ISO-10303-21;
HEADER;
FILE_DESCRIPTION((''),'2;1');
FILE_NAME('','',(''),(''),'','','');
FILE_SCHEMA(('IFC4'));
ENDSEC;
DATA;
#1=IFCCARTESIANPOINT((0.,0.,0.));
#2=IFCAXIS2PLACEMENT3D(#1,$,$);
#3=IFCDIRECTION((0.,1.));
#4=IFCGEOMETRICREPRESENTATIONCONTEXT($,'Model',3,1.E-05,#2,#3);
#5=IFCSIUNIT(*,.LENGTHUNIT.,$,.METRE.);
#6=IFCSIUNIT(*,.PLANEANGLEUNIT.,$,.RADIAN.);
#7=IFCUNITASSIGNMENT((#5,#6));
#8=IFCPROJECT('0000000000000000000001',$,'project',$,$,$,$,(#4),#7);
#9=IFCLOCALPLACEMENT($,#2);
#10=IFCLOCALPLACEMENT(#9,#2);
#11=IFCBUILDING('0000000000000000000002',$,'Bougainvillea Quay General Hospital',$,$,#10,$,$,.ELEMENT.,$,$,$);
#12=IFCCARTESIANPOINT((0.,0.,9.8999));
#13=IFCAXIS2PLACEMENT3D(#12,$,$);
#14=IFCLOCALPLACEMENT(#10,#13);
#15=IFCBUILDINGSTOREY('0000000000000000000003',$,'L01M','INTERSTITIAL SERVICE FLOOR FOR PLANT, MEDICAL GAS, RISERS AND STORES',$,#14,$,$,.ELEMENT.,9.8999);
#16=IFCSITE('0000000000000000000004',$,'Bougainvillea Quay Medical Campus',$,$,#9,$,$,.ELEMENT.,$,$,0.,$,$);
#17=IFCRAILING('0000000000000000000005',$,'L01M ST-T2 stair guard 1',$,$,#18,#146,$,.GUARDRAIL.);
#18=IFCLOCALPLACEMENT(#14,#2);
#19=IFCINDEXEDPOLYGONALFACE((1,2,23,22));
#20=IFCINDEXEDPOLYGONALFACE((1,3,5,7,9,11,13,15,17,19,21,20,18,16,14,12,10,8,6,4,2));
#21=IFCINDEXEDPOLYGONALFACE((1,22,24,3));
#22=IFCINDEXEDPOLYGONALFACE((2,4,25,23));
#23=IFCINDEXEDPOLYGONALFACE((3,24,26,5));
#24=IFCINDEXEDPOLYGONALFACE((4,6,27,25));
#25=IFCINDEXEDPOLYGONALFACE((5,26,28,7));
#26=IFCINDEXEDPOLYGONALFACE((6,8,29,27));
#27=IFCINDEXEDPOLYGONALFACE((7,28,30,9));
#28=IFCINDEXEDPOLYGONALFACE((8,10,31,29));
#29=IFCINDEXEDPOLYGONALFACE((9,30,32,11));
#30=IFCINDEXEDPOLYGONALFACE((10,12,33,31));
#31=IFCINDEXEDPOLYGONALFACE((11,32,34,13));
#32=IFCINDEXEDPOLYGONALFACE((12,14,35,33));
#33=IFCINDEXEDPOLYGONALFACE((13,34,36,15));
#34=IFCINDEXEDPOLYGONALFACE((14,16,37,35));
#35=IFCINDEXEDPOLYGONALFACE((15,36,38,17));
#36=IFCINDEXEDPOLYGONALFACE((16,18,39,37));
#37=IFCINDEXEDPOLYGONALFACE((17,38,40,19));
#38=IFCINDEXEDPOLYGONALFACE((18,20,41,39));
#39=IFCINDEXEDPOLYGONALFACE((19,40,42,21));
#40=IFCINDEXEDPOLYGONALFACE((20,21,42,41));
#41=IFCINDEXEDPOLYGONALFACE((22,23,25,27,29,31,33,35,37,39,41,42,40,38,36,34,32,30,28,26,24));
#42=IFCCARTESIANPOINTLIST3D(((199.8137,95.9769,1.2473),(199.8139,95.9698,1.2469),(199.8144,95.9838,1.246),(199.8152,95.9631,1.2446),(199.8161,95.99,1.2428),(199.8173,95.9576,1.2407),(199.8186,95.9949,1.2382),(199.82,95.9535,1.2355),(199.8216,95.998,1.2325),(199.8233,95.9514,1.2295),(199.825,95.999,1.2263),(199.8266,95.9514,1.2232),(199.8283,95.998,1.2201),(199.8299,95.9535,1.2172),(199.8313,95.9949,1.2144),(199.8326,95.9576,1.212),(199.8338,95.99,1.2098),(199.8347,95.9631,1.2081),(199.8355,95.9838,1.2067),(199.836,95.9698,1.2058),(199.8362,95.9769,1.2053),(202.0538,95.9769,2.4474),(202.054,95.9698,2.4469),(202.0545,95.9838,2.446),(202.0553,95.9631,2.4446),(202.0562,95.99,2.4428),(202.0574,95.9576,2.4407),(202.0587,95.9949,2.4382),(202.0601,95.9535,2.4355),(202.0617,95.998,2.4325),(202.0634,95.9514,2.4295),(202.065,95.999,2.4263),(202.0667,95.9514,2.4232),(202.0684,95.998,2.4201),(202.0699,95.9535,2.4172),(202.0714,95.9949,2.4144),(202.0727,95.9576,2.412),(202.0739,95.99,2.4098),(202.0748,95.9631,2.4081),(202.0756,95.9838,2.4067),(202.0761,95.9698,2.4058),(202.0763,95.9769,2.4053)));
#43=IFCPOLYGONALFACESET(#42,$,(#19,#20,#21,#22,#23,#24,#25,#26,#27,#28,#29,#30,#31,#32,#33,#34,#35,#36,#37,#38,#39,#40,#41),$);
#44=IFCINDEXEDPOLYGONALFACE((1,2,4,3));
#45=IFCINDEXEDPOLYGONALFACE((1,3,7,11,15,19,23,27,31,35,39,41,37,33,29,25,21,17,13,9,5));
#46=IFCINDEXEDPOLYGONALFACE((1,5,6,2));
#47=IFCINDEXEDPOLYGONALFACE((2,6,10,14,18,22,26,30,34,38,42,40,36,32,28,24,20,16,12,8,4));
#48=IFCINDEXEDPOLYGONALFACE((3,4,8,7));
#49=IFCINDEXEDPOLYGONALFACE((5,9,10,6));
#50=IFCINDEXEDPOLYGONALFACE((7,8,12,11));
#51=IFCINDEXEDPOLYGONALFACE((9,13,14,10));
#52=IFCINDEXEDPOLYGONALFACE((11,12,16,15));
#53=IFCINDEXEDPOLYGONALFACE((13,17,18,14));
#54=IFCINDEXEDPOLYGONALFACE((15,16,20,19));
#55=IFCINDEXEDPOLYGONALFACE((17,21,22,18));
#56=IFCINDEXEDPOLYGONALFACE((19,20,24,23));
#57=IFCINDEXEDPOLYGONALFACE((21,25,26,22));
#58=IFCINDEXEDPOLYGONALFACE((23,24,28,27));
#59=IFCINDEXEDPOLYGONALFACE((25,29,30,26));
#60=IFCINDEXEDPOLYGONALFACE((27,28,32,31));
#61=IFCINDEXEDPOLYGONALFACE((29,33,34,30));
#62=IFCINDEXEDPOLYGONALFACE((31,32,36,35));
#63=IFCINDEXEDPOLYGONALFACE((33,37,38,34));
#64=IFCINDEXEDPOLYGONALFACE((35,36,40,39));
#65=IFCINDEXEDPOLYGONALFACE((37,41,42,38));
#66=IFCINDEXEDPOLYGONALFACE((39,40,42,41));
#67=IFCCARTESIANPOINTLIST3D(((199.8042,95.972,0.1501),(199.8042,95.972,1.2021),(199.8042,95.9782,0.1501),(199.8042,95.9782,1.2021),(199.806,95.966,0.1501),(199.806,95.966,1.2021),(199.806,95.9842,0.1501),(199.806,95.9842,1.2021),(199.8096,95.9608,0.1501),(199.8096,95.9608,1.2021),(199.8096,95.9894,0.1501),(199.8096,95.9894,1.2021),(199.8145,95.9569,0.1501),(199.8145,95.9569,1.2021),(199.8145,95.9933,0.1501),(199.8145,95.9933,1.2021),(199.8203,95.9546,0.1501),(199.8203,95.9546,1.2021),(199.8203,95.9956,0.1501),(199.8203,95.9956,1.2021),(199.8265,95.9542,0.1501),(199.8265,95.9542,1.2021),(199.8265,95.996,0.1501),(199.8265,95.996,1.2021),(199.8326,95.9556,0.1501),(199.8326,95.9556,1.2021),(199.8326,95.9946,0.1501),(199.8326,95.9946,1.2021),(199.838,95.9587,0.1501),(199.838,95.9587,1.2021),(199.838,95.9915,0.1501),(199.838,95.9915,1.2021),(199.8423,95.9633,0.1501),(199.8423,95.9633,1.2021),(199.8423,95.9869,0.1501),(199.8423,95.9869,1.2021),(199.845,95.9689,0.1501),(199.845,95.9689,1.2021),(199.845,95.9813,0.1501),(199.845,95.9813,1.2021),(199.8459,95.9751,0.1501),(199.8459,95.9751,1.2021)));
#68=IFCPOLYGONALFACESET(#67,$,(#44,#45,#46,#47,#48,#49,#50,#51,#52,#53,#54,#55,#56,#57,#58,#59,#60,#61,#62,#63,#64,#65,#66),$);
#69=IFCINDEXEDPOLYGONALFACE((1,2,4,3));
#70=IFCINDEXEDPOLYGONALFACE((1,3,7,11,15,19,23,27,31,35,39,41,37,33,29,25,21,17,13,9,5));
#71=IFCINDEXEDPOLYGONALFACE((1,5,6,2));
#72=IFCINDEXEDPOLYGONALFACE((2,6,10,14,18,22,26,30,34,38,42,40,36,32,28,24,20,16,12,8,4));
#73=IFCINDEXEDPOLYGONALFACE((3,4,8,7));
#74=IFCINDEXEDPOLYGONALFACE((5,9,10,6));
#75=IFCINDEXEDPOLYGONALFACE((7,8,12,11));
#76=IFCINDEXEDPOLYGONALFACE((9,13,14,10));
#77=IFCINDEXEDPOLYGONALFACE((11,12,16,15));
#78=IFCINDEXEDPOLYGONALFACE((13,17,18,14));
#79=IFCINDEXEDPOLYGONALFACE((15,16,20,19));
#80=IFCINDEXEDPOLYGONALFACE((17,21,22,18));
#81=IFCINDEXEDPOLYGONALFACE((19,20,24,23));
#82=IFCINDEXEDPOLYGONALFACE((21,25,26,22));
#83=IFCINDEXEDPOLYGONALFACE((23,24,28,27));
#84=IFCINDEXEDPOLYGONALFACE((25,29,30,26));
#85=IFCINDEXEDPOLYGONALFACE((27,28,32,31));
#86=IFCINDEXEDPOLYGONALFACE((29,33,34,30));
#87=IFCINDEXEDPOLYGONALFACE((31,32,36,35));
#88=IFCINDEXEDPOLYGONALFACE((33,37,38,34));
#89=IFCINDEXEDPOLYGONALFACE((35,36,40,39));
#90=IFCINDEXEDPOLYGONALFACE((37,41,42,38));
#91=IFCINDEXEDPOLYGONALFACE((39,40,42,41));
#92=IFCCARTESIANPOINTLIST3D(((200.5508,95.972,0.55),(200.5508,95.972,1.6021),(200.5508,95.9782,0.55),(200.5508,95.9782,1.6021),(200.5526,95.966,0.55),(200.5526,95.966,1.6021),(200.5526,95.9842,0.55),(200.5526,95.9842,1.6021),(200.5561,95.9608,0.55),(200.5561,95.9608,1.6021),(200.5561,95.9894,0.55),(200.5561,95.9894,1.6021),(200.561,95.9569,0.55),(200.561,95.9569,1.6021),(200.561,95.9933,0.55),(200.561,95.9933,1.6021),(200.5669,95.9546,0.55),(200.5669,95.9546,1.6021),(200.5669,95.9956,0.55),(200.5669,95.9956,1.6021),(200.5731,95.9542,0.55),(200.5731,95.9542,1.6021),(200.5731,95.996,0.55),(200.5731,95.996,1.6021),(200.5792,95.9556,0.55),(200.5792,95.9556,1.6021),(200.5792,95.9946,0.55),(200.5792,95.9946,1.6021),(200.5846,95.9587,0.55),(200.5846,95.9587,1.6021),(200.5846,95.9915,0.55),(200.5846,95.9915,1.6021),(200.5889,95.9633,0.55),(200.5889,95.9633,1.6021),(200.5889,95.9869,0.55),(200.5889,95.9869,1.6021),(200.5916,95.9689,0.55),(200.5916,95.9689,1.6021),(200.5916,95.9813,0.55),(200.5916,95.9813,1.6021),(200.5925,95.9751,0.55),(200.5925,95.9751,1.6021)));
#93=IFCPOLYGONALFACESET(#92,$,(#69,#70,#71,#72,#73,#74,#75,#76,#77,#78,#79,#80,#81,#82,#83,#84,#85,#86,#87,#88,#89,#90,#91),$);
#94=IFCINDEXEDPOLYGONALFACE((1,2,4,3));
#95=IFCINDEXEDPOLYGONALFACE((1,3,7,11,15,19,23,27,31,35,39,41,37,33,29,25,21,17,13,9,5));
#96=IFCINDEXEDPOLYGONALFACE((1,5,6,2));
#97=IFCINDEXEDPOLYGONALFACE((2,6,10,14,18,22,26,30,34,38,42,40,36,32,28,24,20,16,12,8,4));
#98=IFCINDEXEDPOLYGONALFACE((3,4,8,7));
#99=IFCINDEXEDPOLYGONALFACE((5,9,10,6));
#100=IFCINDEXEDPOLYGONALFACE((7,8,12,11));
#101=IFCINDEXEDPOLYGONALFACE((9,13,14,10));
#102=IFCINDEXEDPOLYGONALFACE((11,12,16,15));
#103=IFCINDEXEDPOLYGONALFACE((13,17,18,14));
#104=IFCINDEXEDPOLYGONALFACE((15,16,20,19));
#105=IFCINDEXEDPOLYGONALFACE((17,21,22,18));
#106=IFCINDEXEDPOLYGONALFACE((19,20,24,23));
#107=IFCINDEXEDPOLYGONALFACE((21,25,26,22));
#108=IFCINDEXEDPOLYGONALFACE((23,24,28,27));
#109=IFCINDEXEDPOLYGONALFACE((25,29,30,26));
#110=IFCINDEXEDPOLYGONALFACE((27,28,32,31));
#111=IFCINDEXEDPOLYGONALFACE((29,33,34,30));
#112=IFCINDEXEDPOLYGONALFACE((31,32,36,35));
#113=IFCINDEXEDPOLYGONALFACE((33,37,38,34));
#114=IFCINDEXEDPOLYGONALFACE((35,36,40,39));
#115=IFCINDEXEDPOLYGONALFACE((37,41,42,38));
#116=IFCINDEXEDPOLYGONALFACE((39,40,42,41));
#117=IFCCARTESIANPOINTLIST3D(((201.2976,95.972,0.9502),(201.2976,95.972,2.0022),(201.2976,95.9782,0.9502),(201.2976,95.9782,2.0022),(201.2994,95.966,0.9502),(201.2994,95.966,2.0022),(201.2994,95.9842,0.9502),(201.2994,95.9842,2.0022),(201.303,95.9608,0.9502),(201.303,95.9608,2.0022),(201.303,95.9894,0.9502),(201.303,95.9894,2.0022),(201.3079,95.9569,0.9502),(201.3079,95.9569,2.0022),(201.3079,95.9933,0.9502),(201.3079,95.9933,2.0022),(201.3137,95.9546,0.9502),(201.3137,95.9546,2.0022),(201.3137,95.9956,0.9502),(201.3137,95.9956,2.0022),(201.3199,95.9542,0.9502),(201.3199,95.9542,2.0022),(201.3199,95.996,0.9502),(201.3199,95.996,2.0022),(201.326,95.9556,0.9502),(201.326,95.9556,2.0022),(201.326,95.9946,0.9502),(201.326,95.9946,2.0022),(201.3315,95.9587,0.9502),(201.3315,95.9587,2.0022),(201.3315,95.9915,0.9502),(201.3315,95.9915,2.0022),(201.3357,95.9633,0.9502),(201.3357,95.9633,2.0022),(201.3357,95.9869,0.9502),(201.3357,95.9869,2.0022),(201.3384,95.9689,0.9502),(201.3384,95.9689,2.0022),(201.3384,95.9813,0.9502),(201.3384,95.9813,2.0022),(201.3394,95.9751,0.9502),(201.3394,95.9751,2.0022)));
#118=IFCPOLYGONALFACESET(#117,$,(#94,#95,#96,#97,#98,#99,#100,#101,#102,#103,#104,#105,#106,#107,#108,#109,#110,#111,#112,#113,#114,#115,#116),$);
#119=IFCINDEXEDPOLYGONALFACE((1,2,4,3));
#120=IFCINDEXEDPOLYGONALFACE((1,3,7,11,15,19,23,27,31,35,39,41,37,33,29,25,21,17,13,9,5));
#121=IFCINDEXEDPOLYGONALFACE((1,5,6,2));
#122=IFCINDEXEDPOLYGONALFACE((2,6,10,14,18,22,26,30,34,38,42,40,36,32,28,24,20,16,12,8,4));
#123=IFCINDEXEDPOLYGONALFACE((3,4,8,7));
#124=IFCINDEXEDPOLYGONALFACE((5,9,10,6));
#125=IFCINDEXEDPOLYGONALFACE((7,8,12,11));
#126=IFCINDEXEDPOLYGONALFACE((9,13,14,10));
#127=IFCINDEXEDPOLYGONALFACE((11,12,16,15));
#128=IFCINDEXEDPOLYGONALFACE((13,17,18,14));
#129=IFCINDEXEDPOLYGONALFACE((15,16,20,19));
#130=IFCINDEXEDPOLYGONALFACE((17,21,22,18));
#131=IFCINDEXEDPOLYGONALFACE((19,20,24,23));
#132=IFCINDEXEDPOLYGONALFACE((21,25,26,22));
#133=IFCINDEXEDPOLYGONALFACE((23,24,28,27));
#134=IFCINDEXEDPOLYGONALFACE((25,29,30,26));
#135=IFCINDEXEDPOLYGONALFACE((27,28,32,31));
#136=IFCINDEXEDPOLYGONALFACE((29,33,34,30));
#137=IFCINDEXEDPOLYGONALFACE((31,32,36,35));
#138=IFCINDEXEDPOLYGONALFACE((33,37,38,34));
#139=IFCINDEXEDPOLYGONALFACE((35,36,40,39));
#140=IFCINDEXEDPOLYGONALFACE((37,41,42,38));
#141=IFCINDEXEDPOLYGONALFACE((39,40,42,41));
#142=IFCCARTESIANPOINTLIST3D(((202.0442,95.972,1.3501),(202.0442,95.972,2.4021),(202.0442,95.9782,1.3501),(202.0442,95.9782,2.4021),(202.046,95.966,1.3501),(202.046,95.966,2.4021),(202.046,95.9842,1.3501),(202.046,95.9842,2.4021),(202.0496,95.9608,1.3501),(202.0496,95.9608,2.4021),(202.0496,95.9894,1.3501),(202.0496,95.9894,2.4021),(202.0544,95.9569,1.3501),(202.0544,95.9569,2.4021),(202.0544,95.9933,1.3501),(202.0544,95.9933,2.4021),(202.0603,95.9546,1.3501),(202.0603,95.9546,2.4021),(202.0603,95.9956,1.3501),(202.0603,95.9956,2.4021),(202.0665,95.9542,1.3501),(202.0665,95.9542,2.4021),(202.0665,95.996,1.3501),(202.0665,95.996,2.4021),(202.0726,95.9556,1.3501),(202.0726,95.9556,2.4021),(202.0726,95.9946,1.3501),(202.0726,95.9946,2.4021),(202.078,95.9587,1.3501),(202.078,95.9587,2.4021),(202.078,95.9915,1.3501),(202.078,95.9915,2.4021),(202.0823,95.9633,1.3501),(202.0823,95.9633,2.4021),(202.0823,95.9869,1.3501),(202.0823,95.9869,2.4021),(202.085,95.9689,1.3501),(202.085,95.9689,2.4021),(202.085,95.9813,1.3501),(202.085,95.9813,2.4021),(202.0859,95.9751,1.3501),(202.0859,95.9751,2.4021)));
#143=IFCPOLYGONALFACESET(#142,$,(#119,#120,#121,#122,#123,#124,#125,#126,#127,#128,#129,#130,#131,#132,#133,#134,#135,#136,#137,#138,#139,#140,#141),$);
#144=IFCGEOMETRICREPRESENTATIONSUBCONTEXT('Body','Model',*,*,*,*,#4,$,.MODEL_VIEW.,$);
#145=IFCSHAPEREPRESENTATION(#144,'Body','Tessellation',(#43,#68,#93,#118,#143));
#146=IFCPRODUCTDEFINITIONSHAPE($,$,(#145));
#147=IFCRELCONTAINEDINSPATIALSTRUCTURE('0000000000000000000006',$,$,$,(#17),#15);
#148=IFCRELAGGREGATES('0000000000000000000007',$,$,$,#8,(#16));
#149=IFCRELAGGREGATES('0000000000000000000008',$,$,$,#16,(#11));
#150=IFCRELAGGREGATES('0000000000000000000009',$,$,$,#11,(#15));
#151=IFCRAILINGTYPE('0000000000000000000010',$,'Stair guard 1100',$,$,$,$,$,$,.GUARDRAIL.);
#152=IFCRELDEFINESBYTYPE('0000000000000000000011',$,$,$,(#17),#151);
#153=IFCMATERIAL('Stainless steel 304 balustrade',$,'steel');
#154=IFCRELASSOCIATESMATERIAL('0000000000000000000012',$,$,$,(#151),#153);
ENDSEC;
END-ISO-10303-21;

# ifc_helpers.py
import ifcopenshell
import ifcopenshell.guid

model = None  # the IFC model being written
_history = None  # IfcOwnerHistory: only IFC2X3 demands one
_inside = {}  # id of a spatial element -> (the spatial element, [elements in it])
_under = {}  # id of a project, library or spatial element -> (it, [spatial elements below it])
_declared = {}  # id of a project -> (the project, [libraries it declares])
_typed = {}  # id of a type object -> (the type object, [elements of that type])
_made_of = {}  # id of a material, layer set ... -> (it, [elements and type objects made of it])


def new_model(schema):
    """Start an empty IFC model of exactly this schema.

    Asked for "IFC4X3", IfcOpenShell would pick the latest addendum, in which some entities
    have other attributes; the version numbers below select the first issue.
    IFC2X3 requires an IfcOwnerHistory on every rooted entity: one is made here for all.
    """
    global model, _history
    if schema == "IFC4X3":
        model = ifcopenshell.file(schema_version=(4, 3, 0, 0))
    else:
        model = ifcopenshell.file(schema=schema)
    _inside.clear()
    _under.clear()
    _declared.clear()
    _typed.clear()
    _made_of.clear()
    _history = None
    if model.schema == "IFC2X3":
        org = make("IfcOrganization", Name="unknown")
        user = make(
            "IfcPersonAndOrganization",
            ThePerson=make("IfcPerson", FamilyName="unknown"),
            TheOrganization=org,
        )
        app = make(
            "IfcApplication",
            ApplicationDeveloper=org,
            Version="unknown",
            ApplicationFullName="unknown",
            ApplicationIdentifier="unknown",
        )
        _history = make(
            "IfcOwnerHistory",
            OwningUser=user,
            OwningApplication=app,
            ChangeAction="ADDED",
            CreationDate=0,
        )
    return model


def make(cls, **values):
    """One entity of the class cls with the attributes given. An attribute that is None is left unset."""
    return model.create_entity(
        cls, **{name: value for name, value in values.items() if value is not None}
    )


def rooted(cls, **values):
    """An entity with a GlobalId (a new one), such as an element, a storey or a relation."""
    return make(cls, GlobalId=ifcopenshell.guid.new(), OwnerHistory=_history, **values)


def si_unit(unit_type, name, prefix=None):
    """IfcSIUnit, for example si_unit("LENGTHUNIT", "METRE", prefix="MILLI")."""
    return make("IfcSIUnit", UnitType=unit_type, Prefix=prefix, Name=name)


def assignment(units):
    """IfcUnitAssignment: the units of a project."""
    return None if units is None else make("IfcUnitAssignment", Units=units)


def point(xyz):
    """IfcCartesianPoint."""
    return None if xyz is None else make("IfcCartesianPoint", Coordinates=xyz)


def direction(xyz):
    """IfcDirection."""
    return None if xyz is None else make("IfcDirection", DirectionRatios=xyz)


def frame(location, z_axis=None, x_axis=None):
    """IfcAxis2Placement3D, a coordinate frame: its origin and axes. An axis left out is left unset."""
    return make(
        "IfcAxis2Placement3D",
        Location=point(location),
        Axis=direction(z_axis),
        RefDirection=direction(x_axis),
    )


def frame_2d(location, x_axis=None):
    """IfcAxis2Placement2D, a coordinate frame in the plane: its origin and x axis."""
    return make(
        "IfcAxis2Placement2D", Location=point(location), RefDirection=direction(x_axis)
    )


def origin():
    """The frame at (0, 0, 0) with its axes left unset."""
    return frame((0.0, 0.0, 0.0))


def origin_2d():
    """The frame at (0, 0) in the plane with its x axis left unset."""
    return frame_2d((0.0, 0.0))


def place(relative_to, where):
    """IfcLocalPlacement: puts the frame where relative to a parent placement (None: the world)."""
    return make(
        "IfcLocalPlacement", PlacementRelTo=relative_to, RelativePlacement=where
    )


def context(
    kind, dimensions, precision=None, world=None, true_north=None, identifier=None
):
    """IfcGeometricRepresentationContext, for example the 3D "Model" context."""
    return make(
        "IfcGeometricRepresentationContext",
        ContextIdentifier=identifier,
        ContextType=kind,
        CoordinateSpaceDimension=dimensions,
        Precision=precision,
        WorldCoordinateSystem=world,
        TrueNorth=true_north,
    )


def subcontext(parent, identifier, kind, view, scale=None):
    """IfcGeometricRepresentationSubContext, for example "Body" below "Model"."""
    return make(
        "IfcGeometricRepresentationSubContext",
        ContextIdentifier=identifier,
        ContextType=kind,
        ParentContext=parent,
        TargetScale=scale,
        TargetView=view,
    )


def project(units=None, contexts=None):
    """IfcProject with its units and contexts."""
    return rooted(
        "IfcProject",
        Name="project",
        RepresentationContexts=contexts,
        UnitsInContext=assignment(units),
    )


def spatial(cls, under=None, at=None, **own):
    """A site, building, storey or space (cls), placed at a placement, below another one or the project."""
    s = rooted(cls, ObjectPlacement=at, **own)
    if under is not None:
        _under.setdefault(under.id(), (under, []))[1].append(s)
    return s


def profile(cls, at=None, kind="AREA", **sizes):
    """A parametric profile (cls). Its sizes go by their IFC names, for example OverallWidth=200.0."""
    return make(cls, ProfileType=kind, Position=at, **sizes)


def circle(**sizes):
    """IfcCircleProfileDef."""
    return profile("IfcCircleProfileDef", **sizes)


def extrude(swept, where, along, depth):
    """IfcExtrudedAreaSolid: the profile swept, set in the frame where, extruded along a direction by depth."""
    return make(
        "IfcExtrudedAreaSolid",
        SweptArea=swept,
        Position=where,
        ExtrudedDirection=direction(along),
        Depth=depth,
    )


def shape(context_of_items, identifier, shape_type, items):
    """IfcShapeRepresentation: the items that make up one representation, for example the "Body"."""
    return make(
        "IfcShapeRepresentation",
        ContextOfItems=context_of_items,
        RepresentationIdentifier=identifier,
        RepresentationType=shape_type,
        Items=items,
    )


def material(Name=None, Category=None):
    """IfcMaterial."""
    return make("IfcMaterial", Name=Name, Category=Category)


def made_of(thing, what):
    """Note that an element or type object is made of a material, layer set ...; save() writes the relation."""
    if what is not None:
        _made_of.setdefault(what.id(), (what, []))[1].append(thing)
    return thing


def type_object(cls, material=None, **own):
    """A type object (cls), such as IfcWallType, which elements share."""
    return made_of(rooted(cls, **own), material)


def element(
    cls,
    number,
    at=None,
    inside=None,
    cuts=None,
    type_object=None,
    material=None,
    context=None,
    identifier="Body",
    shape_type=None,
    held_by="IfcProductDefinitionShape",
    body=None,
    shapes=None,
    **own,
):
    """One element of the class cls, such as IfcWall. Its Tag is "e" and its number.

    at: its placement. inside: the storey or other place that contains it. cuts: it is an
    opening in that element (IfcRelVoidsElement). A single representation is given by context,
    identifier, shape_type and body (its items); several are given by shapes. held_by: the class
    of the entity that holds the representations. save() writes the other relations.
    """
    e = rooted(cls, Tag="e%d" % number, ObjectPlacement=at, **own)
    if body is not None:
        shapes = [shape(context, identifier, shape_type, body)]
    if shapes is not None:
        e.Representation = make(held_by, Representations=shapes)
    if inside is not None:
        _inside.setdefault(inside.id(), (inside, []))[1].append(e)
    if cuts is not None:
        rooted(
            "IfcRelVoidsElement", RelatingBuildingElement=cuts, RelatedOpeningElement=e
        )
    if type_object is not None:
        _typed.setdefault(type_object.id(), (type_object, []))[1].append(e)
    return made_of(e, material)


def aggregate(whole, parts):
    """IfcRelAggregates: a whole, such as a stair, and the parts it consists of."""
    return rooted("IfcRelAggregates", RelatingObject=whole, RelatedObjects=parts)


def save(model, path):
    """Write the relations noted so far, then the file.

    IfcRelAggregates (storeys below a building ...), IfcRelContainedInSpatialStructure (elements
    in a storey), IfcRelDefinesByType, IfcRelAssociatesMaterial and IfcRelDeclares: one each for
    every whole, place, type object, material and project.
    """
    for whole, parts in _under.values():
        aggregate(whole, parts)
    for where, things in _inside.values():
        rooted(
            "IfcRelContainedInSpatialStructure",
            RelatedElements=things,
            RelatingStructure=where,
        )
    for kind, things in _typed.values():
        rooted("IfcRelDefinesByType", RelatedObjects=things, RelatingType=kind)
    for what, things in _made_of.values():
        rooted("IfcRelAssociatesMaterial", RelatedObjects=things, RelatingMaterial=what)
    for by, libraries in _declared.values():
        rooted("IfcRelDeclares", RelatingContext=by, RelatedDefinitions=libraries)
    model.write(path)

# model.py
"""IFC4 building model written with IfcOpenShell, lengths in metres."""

from ifc_helpers import new_model, si_unit, direction, frame, origin, origin_2d, place, context, subcontext, project, spatial, circle, extrude, material, type_object, element, save


model = new_model("IFC4")

# Units and contexts
model_context = context("Model", 3, precision=1e-05, world=origin(), true_north=direction((0.0, 1.0)))
body_context = subcontext(model_context, "Body", "Model", "MODEL_VIEW")
ifc_project = project(units=[si_unit("LENGTHUNIT", "METRE"), si_unit("PLANEANGLEUNIT", "RADIAN")], contexts=[model_context])

# Site, building, storey
site_placement = place(None, origin())
site = spatial("IfcSite", under=ifc_project, at=site_placement, Name="Bougainvillea Quay Medical Campus", CompositionType="ELEMENT", RefElevation=0.0)
building_placement = place(site_placement, origin())
building = spatial("IfcBuilding", under=site, at=building_placement, Name="Bougainvillea Quay General Hospital", CompositionType="ELEMENT")
storey_placement = place(building_placement, frame((0.0, 0.0, 9.8999)))
storey = spatial("IfcBuildingStorey", under=building, at=storey_placement, Name="L01M", Description="INTERSTITIAL SERVICE FLOOR FOR PLANT, MEDICAL GAS, RISERS AND STORES", CompositionType="ELEMENT", Elevation=9.8999)

# Railing
ifc_material_1 = material(Name="Stainless steel 304 balustrade", Category="steel")
railing_type_1 = type_object("IfcRailingType", Name="Stair guard 1100", PredefinedType="GUARDRAIL", material=ifc_material_1)
railing_1_placement = place(storey_placement, frame((199.825, 95.9751, 0.1501)))
element("IfcRailing", 1, at=railing_1_placement, inside=storey, type_object=railing_type_1, Name="L01M ST-T2 stair guard 1", PredefinedType="GUARDRAIL", context=body_context, shape_type="SweptSolid", body=[
    extrude(circle(Radius=0.0239, at=origin_2d()), frame((0.0, 0.0, 1.0762), z_axis=(0.881487, 0.0, 0.472208), x_axis=(0.0, 1.0, 0.0)), (0.0, 0.0, 1.0), 2.5413),
    extrude(circle(Radius=0.021, at=origin_2d()), origin(), (0.0, 0.0, 1.0), 1.052),
    extrude(circle(Radius=0.021, at=origin_2d()), frame((0.7466, 0.0, 0.3999)), (0.0, 0.0, 1.0), 1.052),
    extrude(circle(Radius=0.021, at=origin_2d()), frame((1.4934, 0.0, 0.8)), (0.0, 0.0, 1.0), 1.052),
    extrude(circle(Radius=0.021, at=origin_2d()), frame((2.24, 0.0, 1.2)), (0.0, 0.0, 1.0), 1.052),
])

save(model, "model.ifc")
